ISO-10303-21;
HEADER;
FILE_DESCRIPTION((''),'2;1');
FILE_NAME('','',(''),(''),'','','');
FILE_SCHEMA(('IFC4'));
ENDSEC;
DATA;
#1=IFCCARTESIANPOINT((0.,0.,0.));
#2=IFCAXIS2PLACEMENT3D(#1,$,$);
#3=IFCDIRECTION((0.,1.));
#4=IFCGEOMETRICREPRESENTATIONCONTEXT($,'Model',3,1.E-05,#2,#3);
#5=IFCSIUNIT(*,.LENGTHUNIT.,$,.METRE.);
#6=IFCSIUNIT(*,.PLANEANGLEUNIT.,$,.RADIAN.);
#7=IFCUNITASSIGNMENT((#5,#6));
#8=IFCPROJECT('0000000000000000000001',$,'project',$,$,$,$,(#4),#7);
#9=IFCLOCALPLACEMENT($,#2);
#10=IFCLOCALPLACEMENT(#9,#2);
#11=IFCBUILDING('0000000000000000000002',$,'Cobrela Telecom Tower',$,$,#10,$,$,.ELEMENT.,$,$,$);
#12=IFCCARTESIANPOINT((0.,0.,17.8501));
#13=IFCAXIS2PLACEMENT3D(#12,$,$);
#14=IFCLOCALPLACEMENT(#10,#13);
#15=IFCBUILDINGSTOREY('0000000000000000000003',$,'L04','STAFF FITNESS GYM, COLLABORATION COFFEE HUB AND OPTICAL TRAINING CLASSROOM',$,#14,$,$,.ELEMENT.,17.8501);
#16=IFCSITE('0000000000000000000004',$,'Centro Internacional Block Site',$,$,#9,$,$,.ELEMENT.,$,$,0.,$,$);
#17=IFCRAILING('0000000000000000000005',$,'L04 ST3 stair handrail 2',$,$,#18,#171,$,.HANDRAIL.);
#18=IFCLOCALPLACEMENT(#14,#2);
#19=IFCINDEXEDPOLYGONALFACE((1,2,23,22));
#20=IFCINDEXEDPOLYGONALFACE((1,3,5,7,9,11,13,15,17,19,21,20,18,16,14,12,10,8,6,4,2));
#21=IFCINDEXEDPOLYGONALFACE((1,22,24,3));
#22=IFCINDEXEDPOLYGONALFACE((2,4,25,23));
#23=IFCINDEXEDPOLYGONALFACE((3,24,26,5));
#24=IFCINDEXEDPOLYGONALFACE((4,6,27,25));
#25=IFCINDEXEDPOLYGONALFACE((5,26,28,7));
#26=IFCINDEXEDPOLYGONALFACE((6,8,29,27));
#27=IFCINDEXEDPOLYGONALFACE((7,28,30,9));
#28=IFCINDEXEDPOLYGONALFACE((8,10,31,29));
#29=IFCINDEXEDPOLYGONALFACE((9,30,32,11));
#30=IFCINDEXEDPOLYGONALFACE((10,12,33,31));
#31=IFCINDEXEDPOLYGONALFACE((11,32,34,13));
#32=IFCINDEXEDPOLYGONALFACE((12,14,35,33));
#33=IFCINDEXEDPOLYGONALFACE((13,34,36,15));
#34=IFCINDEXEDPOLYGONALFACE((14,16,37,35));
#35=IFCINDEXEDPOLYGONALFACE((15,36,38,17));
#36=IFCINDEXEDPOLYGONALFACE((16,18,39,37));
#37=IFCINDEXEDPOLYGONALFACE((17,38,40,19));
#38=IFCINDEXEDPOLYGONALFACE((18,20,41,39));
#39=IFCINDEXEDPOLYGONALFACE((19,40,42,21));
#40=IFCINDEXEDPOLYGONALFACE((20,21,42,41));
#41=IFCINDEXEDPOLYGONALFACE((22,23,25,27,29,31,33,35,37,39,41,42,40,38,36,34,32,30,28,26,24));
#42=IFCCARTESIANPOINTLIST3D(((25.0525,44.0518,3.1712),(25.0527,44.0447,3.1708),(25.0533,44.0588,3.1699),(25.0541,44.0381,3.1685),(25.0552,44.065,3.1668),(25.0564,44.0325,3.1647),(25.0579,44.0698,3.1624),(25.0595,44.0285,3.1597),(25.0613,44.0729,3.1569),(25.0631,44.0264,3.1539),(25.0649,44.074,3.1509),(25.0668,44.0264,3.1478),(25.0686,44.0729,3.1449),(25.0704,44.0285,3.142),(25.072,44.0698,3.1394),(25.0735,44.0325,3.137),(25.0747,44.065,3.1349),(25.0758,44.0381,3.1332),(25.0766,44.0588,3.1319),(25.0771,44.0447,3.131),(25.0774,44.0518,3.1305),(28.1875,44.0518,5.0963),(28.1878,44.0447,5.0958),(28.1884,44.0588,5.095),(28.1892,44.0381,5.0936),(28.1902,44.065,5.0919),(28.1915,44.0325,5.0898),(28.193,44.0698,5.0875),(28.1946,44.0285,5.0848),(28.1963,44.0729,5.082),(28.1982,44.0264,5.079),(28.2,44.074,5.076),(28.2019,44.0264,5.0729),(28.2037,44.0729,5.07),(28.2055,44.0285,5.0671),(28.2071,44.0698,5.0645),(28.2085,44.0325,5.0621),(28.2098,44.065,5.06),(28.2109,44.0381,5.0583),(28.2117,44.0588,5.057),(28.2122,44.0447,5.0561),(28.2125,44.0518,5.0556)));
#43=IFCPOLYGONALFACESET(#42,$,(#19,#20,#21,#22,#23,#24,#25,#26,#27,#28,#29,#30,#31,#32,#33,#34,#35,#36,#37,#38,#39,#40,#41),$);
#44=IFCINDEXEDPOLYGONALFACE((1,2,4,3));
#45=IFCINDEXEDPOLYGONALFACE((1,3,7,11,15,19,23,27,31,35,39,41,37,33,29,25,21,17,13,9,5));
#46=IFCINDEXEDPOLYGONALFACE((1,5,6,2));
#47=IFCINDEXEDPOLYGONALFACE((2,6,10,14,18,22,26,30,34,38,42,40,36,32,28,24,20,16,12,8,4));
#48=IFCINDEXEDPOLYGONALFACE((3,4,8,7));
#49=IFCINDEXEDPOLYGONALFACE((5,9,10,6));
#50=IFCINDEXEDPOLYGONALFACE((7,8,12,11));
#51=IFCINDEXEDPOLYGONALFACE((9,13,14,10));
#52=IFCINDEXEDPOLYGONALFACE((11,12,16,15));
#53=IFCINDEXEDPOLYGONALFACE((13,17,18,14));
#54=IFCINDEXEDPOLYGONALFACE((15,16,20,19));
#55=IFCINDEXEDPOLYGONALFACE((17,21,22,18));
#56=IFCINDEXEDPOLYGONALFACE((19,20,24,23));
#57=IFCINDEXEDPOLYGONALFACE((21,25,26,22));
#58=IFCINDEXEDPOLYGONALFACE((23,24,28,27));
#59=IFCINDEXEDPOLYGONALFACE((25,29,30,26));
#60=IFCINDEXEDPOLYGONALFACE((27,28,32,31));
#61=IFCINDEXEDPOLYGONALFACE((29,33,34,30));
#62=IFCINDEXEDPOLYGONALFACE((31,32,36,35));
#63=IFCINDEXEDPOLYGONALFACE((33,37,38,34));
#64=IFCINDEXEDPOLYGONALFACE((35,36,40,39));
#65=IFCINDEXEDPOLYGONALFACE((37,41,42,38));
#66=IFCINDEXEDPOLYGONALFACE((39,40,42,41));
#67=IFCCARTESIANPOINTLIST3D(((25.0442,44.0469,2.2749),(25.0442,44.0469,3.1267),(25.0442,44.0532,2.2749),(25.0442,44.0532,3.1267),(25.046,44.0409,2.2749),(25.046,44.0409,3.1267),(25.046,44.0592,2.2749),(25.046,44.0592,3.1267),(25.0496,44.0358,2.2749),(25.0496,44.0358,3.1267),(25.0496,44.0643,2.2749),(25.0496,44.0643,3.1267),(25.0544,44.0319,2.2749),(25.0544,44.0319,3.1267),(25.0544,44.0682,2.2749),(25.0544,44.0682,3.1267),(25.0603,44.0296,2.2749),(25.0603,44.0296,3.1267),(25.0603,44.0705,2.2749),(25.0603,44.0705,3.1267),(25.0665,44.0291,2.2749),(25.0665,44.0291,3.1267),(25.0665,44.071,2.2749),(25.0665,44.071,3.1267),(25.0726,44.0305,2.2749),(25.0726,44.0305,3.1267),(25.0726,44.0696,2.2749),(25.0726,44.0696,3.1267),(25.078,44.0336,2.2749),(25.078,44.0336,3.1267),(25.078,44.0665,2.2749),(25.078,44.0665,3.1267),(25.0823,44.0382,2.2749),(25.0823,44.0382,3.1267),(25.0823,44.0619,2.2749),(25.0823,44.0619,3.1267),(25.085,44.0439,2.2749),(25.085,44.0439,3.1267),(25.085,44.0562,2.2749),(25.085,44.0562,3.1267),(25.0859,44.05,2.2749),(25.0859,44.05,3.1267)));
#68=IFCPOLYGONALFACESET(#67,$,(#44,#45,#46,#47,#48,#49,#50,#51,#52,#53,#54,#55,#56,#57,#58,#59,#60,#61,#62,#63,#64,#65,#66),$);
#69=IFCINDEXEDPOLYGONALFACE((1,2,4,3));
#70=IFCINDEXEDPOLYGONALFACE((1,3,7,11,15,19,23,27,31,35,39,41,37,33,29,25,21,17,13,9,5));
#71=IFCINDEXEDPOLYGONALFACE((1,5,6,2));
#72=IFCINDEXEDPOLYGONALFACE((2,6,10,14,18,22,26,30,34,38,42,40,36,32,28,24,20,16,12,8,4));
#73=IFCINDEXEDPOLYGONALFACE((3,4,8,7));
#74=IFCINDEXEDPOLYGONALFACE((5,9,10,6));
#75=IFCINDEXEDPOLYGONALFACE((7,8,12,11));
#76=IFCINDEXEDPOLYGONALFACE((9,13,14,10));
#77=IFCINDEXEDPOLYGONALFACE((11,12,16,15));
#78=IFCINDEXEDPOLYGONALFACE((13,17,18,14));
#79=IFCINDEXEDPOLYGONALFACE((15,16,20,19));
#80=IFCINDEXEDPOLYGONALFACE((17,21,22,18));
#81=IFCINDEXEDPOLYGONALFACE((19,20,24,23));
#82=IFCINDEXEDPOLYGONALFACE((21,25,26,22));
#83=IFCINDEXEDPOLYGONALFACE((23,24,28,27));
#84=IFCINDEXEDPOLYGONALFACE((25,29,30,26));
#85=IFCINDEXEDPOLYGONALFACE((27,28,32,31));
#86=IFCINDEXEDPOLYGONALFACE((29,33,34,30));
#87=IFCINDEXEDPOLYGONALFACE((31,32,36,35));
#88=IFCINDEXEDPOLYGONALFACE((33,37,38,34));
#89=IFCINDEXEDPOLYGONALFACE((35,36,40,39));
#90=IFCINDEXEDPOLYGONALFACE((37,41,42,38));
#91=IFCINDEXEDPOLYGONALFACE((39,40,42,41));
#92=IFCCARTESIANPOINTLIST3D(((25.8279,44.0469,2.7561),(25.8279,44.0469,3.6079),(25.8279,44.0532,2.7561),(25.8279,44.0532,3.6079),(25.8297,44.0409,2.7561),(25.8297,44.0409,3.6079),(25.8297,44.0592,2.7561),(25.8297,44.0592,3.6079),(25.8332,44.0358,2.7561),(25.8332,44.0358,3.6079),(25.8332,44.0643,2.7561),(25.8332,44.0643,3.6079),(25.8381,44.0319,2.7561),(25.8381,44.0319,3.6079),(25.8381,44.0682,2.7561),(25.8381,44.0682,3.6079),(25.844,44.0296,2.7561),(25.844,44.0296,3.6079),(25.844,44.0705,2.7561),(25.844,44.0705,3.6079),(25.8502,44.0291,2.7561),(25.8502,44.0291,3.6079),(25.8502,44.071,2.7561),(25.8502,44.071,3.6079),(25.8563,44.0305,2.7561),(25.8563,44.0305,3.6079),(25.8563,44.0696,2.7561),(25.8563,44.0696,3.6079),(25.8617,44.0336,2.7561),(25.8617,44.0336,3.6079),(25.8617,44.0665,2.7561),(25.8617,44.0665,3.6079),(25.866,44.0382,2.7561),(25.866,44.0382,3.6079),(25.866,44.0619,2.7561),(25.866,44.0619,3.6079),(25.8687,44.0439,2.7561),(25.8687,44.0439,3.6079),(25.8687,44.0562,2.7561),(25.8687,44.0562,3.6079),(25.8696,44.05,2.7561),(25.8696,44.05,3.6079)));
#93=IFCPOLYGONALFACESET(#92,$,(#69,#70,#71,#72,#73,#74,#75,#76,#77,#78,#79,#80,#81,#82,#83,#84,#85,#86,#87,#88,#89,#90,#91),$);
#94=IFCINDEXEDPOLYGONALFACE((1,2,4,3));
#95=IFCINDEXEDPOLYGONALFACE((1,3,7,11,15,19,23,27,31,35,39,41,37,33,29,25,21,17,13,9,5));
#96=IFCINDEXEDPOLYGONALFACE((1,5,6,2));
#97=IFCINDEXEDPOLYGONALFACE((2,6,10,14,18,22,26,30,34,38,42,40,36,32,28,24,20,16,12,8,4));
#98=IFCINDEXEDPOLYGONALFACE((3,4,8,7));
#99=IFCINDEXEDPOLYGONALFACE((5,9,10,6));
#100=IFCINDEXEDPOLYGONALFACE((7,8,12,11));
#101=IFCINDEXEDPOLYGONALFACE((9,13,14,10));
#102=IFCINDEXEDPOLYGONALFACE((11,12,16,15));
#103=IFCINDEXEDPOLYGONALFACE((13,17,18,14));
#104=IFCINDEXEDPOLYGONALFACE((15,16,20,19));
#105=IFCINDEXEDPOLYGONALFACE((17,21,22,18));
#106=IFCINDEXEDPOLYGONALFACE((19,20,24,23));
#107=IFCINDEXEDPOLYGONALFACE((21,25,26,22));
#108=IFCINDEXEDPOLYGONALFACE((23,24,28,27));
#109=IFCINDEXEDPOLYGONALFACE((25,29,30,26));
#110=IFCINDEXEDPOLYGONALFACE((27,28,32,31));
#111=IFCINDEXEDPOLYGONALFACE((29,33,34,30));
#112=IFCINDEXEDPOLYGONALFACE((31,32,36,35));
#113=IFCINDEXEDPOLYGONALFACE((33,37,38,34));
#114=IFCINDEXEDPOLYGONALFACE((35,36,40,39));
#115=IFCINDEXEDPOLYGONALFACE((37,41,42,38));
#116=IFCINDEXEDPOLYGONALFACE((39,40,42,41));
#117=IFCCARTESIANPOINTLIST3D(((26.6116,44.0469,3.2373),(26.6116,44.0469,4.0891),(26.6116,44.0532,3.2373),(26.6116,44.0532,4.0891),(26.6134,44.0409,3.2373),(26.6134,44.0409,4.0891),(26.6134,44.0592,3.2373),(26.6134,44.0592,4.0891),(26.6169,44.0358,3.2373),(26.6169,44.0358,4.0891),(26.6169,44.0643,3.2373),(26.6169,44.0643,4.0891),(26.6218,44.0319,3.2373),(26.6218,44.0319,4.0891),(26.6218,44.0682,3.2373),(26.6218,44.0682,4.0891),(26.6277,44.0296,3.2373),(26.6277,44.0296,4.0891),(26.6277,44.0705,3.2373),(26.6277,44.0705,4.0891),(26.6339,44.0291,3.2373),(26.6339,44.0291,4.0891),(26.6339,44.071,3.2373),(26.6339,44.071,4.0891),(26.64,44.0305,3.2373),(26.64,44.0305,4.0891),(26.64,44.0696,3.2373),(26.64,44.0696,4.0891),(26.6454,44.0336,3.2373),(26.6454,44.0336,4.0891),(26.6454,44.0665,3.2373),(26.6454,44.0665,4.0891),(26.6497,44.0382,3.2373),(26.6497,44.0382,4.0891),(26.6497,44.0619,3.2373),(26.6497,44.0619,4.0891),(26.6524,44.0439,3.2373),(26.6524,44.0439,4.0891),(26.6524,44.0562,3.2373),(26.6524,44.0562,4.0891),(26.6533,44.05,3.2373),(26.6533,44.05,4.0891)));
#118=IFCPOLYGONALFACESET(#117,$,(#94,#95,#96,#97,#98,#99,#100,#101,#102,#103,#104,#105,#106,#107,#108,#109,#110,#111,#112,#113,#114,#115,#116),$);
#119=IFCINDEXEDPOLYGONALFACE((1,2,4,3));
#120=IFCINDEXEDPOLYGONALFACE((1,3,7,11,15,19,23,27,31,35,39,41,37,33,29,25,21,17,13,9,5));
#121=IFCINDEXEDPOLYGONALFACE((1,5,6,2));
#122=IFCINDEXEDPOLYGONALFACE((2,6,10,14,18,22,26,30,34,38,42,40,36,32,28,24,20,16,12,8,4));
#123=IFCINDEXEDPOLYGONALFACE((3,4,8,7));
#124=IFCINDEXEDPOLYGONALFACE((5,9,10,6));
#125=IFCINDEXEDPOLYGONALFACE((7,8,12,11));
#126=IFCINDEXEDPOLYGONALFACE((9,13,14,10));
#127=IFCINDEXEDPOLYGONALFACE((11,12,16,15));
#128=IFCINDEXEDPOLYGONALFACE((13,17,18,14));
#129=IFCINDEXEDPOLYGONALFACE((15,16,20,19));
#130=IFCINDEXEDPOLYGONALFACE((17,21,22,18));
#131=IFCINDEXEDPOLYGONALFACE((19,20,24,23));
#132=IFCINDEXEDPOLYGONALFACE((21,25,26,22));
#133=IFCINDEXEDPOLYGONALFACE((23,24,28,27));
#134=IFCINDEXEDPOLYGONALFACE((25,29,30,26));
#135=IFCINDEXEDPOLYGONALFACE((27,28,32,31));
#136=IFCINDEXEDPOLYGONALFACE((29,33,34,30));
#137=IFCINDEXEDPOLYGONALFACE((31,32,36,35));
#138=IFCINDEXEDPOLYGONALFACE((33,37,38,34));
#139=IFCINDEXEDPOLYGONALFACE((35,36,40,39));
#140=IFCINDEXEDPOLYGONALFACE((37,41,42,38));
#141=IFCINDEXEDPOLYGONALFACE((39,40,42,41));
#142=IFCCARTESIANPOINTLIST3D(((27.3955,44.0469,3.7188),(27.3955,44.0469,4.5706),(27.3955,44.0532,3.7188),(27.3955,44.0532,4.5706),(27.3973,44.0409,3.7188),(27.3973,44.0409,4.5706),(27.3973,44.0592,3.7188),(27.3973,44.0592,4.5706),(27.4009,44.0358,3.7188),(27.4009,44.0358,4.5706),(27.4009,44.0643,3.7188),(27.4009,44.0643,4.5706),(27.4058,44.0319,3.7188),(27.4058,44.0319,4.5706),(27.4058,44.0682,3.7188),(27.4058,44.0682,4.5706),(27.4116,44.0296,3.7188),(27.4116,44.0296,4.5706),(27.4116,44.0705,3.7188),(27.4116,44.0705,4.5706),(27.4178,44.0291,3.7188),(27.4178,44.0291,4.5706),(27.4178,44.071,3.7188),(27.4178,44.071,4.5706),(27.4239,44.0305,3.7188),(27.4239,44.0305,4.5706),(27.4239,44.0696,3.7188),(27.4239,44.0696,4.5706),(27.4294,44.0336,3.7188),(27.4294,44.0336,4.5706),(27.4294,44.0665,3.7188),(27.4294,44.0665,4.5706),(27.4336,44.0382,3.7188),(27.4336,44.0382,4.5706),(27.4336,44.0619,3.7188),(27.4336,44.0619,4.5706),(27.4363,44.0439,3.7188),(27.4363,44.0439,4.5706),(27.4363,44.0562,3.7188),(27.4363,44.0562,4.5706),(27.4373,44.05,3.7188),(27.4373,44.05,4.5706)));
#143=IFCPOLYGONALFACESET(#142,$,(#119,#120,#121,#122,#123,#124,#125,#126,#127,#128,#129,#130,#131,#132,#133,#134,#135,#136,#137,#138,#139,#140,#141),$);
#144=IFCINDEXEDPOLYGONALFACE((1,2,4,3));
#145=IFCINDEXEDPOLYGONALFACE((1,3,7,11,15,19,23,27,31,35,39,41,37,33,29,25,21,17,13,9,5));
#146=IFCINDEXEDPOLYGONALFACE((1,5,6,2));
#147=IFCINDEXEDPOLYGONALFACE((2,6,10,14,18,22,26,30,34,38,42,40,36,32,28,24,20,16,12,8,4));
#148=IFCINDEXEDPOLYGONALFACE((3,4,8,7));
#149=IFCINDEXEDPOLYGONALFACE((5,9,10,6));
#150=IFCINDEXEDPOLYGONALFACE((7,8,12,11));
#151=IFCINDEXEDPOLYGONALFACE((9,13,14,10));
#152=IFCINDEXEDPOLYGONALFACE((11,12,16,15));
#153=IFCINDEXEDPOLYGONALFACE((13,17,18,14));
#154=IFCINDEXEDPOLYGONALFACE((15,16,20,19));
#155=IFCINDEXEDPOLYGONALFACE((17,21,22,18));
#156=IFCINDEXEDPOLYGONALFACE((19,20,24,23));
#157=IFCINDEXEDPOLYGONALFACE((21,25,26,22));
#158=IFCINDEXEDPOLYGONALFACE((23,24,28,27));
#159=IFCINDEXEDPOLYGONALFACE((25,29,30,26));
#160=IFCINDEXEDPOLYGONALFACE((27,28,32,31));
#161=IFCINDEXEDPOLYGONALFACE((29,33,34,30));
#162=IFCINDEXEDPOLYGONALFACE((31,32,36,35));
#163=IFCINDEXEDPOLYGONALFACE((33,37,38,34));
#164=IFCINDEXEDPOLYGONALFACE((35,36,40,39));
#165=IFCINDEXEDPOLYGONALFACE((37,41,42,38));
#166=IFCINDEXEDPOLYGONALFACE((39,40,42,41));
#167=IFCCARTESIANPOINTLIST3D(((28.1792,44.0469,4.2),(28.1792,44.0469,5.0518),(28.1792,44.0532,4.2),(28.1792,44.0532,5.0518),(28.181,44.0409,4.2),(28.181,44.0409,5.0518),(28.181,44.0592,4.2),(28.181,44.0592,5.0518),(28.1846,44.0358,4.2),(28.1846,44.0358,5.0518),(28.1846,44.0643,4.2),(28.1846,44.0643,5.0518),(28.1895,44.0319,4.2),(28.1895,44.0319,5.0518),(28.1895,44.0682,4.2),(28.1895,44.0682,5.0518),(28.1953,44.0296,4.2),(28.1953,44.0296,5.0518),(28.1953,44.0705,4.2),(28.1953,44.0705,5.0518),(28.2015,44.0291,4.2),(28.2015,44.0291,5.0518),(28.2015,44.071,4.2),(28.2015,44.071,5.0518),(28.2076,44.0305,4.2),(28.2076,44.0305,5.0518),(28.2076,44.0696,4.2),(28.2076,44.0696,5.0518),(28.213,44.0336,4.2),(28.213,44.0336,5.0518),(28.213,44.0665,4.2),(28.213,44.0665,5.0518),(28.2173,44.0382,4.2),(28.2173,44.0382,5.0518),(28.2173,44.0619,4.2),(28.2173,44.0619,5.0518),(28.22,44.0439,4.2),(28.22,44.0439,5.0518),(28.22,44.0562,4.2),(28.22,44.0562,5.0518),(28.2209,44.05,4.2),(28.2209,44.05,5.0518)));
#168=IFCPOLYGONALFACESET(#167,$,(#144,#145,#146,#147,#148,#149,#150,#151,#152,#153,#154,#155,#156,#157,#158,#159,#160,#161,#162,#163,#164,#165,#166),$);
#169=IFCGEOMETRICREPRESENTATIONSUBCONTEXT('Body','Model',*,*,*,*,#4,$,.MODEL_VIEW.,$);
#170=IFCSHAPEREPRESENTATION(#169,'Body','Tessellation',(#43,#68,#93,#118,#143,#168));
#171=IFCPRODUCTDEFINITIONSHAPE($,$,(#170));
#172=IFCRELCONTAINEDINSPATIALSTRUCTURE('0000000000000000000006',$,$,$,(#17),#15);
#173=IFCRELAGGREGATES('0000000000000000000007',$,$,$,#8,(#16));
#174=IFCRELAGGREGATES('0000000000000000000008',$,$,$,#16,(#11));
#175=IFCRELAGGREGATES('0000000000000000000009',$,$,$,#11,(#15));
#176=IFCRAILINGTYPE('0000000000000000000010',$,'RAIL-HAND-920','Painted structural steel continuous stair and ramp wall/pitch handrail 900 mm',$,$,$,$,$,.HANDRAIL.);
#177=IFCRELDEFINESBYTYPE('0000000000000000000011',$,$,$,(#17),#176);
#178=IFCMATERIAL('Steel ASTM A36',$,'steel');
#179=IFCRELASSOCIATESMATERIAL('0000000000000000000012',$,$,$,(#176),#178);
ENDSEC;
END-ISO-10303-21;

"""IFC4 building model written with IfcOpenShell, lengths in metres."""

from ifc_helpers import new_model, si_unit, direction, frame, origin, origin_2d, place, context, subcontext, project, spatial, circle, extrude, material, type_object, element, save


model = new_model("IFC4")

# Units and contexts
model_context = context("Model", 3, precision=1e-05, world=origin(), true_north=direction((0.0, 1.0)))
body_context = subcontext(model_context, "Body", "Model", "MODEL_VIEW")
ifc_project = project(units=[si_unit("LENGTHUNIT", "METRE"), si_unit("PLANEANGLEUNIT", "RADIAN")], contexts=[model_context])

# Site, building, storey
site_placement = place(None, origin())
site = spatial("IfcSite", under=ifc_project, at=site_placement, Name="Centro Internacional Block Site", CompositionType="ELEMENT", RefElevation=0.0)
building_placement = place(site_placement, origin())
building = spatial("IfcBuilding", under=site, at=building_placement, Name="Cobrela Telecom Tower", CompositionType="ELEMENT")
storey_placement = place(building_placement, frame((0.0, 0.0, 17.8501)))
storey = spatial("IfcBuildingStorey", under=building, at=storey_placement, Name="L04", Description="STAFF FITNESS GYM, COLLABORATION COFFEE HUB AND OPTICAL TRAINING CLASSROOM", CompositionType="ELEMENT", Elevation=17.8501)

# Shared definitions
ifc_material_1 = material(Name="Steel ASTM A36", Category="steel")

# Railing
railing_type_1 = type_object("IfcRailingType", Name="RAIL-HAND-920", Description="Painted structural steel continuous stair and ramp wall/pitch handrail 900 mm", PredefinedType="HANDRAIL", material=ifc_material_1)
railing_1_placement = place(storey_placement, frame((25.0649, 44.05, 2.2749)))
element("IfcRailing", 1, at=railing_1_placement, inside=storey, type_object=railing_type_1, Name="L04 ST3 stair handrail 2", PredefinedType="HANDRAIL", context=body_context, shape_type="SweptSolid", body=[
    extrude(circle(Radius=0.0239, at=origin_2d()), frame((0.0, 0.0, 0.876), z_axis=(0.852166, 0.0, 0.523271), x_axis=(0.0, 1.0, 0.0)), (0.0, 0.0, 1.0), 3.679),
    extrude(circle(Radius=0.021, at=origin_2d()), origin(), (0.0, 0.0, 1.0), 0.8518),
    extrude(circle(Radius=0.021, at=origin_2d()), frame((0.7837, 0.0, 0.4812)), (0.0, 0.0, 1.0), 0.8518),
    extrude(circle(Radius=0.021, at=origin_2d()), frame((1.5674, 0.0, 0.9624)), (0.0, 0.0, 1.0), 0.8518),
    extrude(circle(Radius=0.021, at=origin_2d()), frame((2.3513, 0.0, 1.4438)), (0.0, 0.0, 1.0), 0.8518),
    extrude(circle(Radius=0.021, at=origin_2d()), frame((3.135, 0.0, 1.925)), (0.0, 0.0, 1.0), 0.8518),
])

save(model, "model.ifc")
